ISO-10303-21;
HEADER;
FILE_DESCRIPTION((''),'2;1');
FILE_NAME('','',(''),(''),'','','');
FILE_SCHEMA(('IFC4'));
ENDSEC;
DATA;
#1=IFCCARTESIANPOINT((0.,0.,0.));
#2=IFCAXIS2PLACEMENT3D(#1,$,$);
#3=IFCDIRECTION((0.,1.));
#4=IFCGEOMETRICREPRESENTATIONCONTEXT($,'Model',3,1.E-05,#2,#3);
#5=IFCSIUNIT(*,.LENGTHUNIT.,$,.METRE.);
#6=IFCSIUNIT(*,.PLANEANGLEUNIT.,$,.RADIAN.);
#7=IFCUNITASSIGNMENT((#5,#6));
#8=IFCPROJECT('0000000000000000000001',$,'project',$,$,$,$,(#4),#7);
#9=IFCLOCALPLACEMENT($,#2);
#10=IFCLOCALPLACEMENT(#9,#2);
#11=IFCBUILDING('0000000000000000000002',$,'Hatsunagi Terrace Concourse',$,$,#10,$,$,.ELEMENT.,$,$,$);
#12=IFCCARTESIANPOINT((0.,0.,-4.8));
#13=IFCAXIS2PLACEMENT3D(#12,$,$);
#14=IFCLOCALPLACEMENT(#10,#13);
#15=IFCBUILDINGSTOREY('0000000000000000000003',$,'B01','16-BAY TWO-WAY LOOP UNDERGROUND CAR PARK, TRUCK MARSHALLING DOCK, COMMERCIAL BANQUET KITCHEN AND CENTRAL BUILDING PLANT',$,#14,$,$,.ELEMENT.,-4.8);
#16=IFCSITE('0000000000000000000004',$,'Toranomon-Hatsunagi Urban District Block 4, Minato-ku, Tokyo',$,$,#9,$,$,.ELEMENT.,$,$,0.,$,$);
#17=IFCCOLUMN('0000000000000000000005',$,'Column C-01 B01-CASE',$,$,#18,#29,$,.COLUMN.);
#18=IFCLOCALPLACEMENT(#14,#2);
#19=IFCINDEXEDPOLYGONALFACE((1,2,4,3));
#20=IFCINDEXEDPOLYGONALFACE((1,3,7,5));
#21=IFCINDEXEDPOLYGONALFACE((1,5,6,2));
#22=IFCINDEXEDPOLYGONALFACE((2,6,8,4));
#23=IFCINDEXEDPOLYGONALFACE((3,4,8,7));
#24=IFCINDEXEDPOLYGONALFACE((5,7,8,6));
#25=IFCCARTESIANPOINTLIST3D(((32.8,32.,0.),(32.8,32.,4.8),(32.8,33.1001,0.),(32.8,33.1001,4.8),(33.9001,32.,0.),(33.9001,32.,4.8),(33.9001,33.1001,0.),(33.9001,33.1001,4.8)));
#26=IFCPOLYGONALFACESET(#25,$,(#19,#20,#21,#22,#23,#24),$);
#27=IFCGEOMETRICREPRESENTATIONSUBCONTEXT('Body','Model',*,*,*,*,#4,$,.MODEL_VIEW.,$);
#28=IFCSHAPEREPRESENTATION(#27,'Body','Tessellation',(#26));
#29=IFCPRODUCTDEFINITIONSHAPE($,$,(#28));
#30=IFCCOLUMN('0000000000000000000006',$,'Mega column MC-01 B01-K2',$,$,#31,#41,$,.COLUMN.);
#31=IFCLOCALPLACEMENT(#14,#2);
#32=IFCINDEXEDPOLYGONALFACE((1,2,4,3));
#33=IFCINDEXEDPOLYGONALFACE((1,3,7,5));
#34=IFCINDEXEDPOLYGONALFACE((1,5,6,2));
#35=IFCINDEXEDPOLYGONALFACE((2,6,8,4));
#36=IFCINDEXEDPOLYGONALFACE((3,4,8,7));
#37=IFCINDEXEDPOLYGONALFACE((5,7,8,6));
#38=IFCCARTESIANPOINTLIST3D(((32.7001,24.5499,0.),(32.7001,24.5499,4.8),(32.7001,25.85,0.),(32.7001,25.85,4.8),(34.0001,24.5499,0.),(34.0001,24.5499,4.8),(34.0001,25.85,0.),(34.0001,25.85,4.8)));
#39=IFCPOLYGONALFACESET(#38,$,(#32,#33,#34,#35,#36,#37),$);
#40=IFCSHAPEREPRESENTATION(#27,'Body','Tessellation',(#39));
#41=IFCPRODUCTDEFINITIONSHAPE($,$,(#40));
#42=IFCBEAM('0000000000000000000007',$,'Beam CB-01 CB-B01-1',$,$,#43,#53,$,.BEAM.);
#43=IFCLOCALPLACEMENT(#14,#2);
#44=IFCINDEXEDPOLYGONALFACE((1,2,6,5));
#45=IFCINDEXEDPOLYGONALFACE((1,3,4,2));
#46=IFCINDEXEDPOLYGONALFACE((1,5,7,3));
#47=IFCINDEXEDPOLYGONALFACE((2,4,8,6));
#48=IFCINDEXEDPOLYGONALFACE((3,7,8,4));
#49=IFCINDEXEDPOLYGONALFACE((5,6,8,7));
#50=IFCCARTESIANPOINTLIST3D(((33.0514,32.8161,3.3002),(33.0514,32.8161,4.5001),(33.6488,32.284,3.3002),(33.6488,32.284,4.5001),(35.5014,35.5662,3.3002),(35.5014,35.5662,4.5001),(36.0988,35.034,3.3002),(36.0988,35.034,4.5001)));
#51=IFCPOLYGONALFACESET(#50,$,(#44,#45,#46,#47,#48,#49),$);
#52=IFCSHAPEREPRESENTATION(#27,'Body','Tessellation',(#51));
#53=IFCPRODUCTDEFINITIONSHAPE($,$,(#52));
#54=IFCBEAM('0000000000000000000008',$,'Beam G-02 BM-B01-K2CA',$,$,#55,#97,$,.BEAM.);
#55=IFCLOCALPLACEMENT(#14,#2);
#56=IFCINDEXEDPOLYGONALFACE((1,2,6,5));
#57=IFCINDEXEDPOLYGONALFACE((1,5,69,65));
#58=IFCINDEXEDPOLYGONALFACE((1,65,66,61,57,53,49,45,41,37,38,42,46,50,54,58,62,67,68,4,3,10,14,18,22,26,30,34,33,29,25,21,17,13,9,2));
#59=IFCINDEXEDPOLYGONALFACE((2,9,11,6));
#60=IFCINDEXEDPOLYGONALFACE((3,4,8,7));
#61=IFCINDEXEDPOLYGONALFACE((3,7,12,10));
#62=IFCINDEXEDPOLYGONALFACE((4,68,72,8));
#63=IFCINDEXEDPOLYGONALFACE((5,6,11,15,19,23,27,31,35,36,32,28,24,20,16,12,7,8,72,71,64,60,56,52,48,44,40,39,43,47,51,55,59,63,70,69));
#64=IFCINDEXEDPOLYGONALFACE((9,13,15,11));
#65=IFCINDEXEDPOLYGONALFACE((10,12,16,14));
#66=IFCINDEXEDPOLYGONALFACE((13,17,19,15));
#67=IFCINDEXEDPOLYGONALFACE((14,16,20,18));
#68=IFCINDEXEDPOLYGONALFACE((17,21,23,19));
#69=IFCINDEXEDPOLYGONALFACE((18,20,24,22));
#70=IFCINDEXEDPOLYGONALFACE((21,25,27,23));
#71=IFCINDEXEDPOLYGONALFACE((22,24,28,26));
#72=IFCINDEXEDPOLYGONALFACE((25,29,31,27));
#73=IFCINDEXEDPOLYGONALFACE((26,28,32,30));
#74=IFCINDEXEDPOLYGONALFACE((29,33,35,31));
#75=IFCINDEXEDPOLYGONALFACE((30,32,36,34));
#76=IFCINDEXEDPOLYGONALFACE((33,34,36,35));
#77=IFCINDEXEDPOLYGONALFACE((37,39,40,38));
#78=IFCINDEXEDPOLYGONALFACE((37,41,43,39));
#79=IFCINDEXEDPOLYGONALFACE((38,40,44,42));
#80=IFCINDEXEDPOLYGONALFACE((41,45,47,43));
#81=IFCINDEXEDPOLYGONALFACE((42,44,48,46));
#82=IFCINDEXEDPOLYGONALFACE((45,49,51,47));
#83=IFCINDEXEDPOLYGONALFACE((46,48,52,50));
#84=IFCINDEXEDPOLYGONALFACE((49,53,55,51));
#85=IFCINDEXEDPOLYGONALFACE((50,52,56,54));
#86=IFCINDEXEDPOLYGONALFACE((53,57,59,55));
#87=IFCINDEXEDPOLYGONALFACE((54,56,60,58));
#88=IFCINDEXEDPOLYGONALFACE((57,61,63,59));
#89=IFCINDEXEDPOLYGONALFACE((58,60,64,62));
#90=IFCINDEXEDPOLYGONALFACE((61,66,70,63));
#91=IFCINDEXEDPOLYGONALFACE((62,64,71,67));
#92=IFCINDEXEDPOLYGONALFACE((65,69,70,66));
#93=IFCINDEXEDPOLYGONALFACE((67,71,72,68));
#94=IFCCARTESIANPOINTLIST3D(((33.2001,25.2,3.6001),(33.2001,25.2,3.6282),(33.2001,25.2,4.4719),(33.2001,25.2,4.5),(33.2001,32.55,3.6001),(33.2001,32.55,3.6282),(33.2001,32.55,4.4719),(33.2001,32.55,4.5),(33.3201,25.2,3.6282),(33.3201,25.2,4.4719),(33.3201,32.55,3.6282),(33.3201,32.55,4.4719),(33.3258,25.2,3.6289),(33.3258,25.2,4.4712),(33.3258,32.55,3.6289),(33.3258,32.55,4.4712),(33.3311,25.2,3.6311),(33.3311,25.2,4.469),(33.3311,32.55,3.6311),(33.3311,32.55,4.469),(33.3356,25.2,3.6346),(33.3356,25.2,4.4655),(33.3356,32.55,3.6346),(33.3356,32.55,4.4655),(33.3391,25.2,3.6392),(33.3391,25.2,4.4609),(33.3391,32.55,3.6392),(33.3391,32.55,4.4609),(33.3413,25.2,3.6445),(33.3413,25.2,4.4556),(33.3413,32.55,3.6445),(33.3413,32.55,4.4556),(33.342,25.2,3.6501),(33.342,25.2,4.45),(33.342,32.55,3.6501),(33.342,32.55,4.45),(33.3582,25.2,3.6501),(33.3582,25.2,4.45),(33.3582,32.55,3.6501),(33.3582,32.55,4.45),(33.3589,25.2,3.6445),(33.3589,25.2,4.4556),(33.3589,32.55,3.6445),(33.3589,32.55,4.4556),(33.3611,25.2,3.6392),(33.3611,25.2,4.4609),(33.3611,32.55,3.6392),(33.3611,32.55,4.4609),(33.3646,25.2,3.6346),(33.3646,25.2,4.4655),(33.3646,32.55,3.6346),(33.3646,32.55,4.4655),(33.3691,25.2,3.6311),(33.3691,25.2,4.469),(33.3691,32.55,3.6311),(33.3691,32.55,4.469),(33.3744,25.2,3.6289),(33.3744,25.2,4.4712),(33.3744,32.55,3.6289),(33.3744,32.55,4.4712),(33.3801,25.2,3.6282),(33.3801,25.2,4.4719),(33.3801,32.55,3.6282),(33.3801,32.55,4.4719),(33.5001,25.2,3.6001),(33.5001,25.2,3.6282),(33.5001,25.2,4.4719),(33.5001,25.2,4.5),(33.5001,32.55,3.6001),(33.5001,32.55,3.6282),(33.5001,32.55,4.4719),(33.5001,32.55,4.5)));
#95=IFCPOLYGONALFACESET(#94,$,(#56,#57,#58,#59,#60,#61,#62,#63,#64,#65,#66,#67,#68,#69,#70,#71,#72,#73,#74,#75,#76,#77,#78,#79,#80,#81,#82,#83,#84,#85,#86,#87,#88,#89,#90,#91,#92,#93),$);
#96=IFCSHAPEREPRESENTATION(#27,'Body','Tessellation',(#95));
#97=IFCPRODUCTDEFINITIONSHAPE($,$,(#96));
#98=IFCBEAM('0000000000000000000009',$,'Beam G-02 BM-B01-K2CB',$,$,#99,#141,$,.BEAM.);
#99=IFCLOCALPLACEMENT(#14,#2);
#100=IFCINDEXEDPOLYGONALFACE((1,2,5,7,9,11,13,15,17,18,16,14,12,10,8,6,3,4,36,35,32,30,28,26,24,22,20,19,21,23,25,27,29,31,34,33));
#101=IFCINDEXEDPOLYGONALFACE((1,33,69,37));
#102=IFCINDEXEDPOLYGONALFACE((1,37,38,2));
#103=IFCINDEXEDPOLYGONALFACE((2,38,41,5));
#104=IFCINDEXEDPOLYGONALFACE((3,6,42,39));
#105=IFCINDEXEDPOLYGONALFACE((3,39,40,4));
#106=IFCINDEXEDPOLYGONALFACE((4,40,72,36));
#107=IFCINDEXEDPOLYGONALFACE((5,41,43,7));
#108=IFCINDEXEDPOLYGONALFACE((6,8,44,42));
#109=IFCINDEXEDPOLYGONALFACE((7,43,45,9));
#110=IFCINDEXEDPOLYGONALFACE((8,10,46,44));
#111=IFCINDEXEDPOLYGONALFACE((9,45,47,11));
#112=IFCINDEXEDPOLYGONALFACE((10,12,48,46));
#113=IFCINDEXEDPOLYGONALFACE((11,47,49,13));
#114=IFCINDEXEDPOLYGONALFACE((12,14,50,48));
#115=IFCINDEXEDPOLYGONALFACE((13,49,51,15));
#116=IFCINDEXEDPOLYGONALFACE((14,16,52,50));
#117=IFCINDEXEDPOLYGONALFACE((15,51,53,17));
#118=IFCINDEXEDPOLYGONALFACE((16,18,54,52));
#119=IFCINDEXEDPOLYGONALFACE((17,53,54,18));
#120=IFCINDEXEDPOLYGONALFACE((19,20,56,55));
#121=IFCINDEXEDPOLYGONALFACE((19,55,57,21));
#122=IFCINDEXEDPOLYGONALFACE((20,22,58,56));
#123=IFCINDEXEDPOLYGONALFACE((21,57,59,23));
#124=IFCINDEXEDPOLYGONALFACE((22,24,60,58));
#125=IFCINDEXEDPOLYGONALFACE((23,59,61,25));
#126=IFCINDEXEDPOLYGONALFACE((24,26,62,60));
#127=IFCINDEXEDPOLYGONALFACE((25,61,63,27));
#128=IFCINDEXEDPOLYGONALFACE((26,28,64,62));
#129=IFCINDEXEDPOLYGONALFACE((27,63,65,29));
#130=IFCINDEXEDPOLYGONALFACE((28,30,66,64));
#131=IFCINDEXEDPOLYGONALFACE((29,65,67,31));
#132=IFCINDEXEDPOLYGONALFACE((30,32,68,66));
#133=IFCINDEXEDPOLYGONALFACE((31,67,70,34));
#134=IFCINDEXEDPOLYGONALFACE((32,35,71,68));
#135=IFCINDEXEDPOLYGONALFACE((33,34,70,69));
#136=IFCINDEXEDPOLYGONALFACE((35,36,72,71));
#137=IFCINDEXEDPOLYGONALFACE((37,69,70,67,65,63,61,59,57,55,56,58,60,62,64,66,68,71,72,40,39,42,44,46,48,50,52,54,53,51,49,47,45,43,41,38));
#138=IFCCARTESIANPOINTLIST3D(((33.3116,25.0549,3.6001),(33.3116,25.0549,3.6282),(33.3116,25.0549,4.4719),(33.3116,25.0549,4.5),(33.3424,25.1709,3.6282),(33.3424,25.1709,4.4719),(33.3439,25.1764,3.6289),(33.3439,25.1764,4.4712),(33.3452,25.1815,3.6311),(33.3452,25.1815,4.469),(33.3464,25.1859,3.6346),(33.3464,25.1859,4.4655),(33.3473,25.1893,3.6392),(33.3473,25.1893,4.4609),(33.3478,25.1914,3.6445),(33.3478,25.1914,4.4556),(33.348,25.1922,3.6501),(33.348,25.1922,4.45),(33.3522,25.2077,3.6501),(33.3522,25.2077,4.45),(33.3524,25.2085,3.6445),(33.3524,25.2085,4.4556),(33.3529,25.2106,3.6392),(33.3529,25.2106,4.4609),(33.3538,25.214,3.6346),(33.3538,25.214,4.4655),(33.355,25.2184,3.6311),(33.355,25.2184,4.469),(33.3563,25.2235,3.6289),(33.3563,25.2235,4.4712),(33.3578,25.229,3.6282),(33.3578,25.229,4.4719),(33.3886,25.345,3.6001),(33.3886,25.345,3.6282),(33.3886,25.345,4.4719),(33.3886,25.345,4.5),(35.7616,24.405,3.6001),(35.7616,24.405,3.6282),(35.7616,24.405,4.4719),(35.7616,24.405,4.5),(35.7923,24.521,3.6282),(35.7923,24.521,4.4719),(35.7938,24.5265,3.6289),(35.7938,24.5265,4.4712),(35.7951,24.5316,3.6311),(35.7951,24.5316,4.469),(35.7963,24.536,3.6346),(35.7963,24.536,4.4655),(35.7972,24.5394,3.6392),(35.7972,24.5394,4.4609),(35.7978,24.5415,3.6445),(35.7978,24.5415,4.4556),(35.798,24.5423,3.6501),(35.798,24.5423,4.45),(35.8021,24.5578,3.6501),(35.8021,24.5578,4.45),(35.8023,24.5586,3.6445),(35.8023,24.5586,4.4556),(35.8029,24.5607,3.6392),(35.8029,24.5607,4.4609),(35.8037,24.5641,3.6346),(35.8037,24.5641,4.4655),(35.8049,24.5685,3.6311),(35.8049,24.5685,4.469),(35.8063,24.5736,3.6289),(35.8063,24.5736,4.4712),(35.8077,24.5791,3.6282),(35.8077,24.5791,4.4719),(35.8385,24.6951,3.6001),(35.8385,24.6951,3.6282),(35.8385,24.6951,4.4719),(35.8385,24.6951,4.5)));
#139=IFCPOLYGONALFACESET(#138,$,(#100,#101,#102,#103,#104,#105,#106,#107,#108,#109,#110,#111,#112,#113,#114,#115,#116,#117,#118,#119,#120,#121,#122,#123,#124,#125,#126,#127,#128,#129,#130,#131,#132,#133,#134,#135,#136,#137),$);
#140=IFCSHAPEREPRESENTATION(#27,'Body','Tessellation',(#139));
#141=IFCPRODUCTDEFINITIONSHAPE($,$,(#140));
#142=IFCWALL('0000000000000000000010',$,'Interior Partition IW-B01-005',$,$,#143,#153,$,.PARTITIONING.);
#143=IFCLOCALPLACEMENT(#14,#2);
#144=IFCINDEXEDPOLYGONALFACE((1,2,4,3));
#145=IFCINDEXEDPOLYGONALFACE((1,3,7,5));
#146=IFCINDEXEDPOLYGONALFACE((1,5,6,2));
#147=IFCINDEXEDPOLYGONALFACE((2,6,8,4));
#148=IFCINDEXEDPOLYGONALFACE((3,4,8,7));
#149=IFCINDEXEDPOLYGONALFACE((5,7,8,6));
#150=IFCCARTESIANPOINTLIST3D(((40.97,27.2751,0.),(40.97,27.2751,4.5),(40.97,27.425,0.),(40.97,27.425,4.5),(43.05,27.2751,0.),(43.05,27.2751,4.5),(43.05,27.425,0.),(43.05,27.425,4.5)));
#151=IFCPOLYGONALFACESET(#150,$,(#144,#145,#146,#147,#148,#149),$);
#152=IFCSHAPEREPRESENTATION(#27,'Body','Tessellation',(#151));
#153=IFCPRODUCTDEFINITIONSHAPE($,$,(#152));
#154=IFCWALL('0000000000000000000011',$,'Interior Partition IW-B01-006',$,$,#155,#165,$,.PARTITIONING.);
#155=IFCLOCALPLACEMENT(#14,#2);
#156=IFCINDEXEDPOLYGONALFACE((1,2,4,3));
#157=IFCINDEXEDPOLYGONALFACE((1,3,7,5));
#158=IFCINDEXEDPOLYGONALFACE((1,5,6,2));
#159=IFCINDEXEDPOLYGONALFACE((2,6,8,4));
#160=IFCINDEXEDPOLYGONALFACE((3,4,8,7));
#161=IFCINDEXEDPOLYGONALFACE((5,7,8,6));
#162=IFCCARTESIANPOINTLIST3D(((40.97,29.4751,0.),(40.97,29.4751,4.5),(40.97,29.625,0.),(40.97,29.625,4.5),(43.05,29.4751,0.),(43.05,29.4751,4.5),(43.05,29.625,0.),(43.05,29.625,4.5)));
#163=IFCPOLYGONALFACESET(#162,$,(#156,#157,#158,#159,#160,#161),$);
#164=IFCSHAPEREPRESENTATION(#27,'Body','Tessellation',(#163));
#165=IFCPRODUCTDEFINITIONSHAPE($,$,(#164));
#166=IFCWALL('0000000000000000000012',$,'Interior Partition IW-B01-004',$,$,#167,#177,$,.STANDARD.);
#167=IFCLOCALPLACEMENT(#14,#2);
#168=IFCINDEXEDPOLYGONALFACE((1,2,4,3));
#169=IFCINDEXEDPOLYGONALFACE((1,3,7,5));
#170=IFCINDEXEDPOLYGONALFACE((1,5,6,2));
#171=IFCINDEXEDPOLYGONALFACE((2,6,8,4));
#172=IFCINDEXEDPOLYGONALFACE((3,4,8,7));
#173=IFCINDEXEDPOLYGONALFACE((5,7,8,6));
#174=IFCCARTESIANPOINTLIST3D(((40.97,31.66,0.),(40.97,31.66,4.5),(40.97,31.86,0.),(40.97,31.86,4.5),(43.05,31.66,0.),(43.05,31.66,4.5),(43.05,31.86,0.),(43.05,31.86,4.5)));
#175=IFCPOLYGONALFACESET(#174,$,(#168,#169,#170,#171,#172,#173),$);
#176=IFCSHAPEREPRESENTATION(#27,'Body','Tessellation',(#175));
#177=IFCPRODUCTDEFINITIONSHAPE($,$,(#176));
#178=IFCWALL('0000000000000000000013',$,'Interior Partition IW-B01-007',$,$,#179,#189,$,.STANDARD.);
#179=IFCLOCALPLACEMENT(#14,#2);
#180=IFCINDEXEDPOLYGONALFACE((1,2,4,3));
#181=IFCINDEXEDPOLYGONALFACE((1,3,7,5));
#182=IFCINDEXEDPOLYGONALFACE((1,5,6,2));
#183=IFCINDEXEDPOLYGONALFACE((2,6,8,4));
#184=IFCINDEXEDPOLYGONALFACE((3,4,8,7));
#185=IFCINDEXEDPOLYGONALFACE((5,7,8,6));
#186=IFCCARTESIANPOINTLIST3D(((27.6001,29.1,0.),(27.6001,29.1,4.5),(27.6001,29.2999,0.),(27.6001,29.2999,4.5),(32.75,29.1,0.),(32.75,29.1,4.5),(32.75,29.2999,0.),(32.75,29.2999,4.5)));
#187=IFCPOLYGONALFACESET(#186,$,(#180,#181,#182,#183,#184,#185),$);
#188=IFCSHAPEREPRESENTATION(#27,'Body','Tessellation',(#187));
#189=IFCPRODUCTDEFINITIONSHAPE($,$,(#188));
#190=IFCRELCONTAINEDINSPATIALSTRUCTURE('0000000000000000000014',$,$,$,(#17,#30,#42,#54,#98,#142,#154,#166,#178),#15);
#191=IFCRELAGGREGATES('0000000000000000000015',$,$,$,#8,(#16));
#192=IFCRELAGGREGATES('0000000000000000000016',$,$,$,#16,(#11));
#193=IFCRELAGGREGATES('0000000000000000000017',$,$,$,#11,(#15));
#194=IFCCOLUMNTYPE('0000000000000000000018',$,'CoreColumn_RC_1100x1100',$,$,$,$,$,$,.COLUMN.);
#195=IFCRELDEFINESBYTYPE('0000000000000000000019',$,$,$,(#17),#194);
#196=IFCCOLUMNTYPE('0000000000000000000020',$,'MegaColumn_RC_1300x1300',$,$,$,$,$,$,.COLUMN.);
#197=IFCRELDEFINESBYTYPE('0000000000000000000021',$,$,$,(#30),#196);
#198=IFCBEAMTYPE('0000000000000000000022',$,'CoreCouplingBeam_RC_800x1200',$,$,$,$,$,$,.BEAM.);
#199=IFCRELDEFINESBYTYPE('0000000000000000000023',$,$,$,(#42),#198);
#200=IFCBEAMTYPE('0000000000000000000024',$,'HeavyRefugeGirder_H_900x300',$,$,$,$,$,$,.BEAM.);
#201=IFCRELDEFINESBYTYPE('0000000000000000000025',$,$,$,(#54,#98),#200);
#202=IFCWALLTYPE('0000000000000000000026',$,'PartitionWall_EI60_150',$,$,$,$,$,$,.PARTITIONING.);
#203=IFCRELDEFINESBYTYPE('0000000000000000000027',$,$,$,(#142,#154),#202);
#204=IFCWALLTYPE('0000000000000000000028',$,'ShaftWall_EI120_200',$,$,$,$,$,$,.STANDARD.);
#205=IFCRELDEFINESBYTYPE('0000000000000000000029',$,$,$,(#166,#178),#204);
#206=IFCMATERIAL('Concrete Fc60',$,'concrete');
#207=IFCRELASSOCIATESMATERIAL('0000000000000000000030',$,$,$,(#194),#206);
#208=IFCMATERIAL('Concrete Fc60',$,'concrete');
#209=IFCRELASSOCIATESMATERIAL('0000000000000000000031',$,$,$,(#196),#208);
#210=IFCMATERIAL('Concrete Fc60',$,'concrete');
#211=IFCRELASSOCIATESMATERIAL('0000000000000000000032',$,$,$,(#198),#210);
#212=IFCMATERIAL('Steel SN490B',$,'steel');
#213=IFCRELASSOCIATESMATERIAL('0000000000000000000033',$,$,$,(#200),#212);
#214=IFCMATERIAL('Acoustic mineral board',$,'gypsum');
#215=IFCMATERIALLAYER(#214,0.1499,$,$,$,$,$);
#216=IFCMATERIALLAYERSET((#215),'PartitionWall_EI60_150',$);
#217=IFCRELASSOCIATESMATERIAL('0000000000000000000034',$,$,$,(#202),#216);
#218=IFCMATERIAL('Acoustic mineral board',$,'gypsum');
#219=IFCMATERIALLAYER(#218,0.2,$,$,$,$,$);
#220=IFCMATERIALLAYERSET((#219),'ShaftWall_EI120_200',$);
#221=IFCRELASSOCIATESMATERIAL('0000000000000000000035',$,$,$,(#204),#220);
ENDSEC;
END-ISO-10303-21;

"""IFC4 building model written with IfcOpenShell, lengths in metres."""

from ifc_helpers import new_model, si_unit, direction, frame, frame_2d, origin, origin_2d, place, context, subcontext, project, spatial, rectangle, i_section, extrude, material, layer, layer_set, material_profile, profile_set, type_object, element, save


model = new_model("IFC4")

# Units and contexts
model_context = context("Model", 3, precision=1e-05, world=origin(), true_north=direction((0.0, 1.0)))
body_context = subcontext(model_context, "Body", "Model", "MODEL_VIEW")
ifc_project = project(units=[si_unit("LENGTHUNIT", "METRE"), si_unit("PLANEANGLEUNIT", "RADIAN")], contexts=[model_context])

# Site, building, storey
site_placement = place(None, origin())
site = spatial("IfcSite", under=ifc_project, at=site_placement, Name="Toranomon-Hatsunagi Urban District Block 4, Minato-ku, Tokyo", CompositionType="ELEMENT", RefElevation=0.0)
building_placement = place(site_placement, origin())
building = spatial("IfcBuilding", under=site, at=building_placement, Name="Hatsunagi Terrace Concourse", CompositionType="ELEMENT")
storey_placement = place(building_placement, frame((0.0, 0.0, -4.8)))
storey = spatial("IfcBuildingStorey", under=building, at=storey_placement, Name="B01", Description="16-BAY TWO-WAY LOOP UNDERGROUND CAR PARK, TRUCK MARSHALLING DOCK, COMMERCIAL BANQUET KITCHEN AND CENTRAL BUILDING PLANT", CompositionType="ELEMENT", Elevation=-4.8)

# Columns
ifc_material_1 = material(Name="Concrete Fc60", Category="concrete")
ifc_material_profile_1 = material_profile(ifc_material_1, rectangle(XDim=1.1001, YDim=1.1001, at=origin_2d()), Name="RC-1100x1100")
ifc_profile_set_1 = profile_set([ifc_material_profile_1], Name="Concrete Fc60")
column_type_1 = type_object("IfcColumnType", Name="CoreColumn_RC_1100x1100", PredefinedType="COLUMN", material=ifc_profile_set_1)
column_1_placement = place(storey_placement, frame((33.3501, 32.55, 0.0), z_axis=(0.0, 0.0, 1.0), x_axis=(1.0, 0.0, 0.0)))
element("IfcColumn", 1, at=column_1_placement, inside=storey, type_object=column_type_1, Name="Column C-01 B01-CASE", PredefinedType="COLUMN", context=body_context, shape_type="SweptSolid", body=[
    extrude(rectangle(XDim=1.1001, YDim=1.1001, at=origin_2d()), origin(), (0.0, 0.0, 1.0), 4.8),
])
ifc_material_2 = material(Name="Concrete Fc60", Category="concrete")
ifc_material_profile_2 = material_profile(ifc_material_2, rectangle(XDim=1.3, YDim=1.3, at=origin_2d()), Name="RC-1300x1300")
ifc_profile_set_2 = profile_set([ifc_material_profile_2], Name="Concrete Fc60")
column_type_2 = type_object("IfcColumnType", Name="MegaColumn_RC_1300x1300", PredefinedType="COLUMN", material=ifc_profile_set_2)
column_2_placement = place(storey_placement, frame((33.3501, 25.2, 0.0), z_axis=(0.0, 0.0, 1.0), x_axis=(1.0, 0.0, 0.0)))
element("IfcColumn", 2, at=column_2_placement, inside=storey, type_object=column_type_2, Name="Mega column MC-01 B01-K2", PredefinedType="COLUMN", context=body_context, shape_type="SweptSolid", body=[
    extrude(rectangle(XDim=1.3, YDim=1.3, at=origin_2d()), origin(), (0.0, 0.0, 1.0), 4.8),
])

# Beams
ifc_material_3 = material(Name="Concrete Fc60", Category="concrete")
ifc_material_profile_3 = material_profile(ifc_material_3, rectangle(XDim=0.8, YDim=1.2, at=origin_2d()), Name="RC-800x1200")
ifc_profile_set_3 = profile_set([ifc_material_profile_3], Name="Concrete Fc60")
beam_type_1 = type_object("IfcBeamType", Name="CoreCouplingBeam_RC_800x1200", PredefinedType="BEAM", material=ifc_profile_set_3)
beam_1_placement = place(storey_placement, frame((33.3501, 32.55, 3.9001), z_axis=(0.665199, 0.746666, 0.0), x_axis=(-0.746666, 0.665199, 0.0)))
element("IfcBeam", 3, at=beam_1_placement, inside=storey, type_object=beam_type_1, Name="Beam CB-01 CB-B01-1", PredefinedType="BEAM", context=body_context, shape_type="SweptSolid", body=[
    extrude(rectangle(XDim=0.8, YDim=1.2, at=origin_2d()), origin(), (0.0, 0.0, 1.0), 3.6831),
])
ifc_material_4 = material(Name="Steel SN490B", Category="steel")
ifc_material_profile_4 = material_profile(ifc_material_4, i_section(OverallWidth=0.3, OverallDepth=0.8999, WebThickness=0.0161, FlangeThickness=0.0281, FilletRadius=0.022, at=origin_2d()), Name="H-900x300x16x28")
ifc_profile_set_4 = profile_set([ifc_material_profile_4], Name="Steel SN490B")
beam_type_2 = type_object("IfcBeamType", Name="HeavyRefugeGirder_H_900x300", PredefinedType="BEAM", material=ifc_profile_set_4)
beam_2_placement = place(storey_placement, frame((33.3501, 25.2, 4.05), z_axis=(0.0, 1.0, 0.0), x_axis=(-1.0, 0.0, 0.0)))
element("IfcBeam", 4, at=beam_2_placement, inside=storey, type_object=beam_type_2, Name="Beam G-02 BM-B01-K2CA", PredefinedType="BEAM", context=body_context, shape_type="SweptSolid", body=[
    extrude(i_section(OverallWidth=0.3, OverallDepth=0.8999, WebThickness=0.0161, FlangeThickness=0.0281, FilletRadius=0.022, at=origin_2d()), origin(), (0.0, 0.0, 1.0), 7.3501),
])
beam_3_placement = place(storey_placement, frame((33.3501, 25.2, 4.05), z_axis=(0.96657, -0.256403, 0.0), x_axis=(0.256403, 0.96657, 0.0)))
element("IfcBeam", 5, at=beam_3_placement, inside=storey, type_object=beam_type_2, Name="Beam G-02 BM-B01-K2CB", PredefinedType="BEAM", context=body_context, shape_type="SweptSolid", body=[
    extrude(i_section(OverallWidth=0.3, OverallDepth=0.8999, WebThickness=0.0161, FlangeThickness=0.0281, FilletRadius=0.022, at=origin_2d()), origin(), (0.0, 0.0, 1.0), 2.5347),
])

# Walls
ifc_material_5 = material(Name="Acoustic mineral board", Category="gypsum")
ifc_layer_1 = layer(ifc_material_5, 0.1499)
ifc_layer_set_1 = layer_set([ifc_layer_1], Name="PartitionWall_EI60_150")
wall_type_1 = type_object("IfcWallType", Name="PartitionWall_EI60_150", PredefinedType="PARTITIONING", material=ifc_layer_set_1)
for number, where, z_axis, x_axis, name in (
    (6, (40.97, 27.3501, 0.0), (0.0, 0.0, 1.0), (1.0, 0.0, 0.0), "Interior Partition IW-B01-005"),
    (7, (40.97, 29.55, 0.0), (0.0, 0.0, 1.0), (1.0, 0.0, 0.0), "Interior Partition IW-B01-006"),
):
    element("IfcWall", number, at=place(storey_placement, frame(where, z_axis=z_axis, x_axis=x_axis)), inside=storey, type_object=wall_type_1, Name=name, PredefinedType="PARTITIONING", context=body_context, shape_type="SweptSolid", body=[
        extrude(rectangle(XDim=2.0801, YDim=0.1499, at=frame_2d((1.04, 0.0))), origin(), (0.0, 0.0, 1.0), 4.5),
    ])
ifc_material_6 = material(Name="Acoustic mineral board", Category="gypsum")
ifc_layer_2 = layer(ifc_material_6, 0.2)
ifc_layer_set_2 = layer_set([ifc_layer_2], Name="ShaftWall_EI120_200")
wall_type_2 = type_object("IfcWallType", Name="ShaftWall_EI120_200", PredefinedType="STANDARD", material=ifc_layer_set_2)
wall_1_placement = place(storey_placement, frame((40.97, 31.76, 0.0), z_axis=(0.0, 0.0, 1.0), x_axis=(1.0, 0.0, 0.0)))
element("IfcWall", 8, at=wall_1_placement, inside=storey, type_object=wall_type_2, Name="Interior Partition IW-B01-004", PredefinedType="STANDARD", context=body_context, shape_type="SweptSolid", body=[
    extrude(rectangle(XDim=2.0801, YDim=0.2, at=frame_2d((1.04, 0.0))), origin(), (0.0, 0.0, 1.0), 4.5),
])
wall_2_placement = place(storey_placement, frame((27.6001, 29.2, 0.0), z_axis=(0.0, 0.0, 1.0), x_axis=(1.0, 0.0, 0.0)))
element("IfcWall", 9, at=wall_2_placement, inside=storey, type_object=wall_type_2, Name="Interior Partition IW-B01-007", PredefinedType="STANDARD", context=body_context, shape_type="SweptSolid", body=[
    extrude(rectangle(XDim=5.1499, YDim=0.2, at=frame_2d((2.575, 0.0))), origin(), (0.0, 0.0, 1.0), 4.5),
])

save(model, "model.ifc")
